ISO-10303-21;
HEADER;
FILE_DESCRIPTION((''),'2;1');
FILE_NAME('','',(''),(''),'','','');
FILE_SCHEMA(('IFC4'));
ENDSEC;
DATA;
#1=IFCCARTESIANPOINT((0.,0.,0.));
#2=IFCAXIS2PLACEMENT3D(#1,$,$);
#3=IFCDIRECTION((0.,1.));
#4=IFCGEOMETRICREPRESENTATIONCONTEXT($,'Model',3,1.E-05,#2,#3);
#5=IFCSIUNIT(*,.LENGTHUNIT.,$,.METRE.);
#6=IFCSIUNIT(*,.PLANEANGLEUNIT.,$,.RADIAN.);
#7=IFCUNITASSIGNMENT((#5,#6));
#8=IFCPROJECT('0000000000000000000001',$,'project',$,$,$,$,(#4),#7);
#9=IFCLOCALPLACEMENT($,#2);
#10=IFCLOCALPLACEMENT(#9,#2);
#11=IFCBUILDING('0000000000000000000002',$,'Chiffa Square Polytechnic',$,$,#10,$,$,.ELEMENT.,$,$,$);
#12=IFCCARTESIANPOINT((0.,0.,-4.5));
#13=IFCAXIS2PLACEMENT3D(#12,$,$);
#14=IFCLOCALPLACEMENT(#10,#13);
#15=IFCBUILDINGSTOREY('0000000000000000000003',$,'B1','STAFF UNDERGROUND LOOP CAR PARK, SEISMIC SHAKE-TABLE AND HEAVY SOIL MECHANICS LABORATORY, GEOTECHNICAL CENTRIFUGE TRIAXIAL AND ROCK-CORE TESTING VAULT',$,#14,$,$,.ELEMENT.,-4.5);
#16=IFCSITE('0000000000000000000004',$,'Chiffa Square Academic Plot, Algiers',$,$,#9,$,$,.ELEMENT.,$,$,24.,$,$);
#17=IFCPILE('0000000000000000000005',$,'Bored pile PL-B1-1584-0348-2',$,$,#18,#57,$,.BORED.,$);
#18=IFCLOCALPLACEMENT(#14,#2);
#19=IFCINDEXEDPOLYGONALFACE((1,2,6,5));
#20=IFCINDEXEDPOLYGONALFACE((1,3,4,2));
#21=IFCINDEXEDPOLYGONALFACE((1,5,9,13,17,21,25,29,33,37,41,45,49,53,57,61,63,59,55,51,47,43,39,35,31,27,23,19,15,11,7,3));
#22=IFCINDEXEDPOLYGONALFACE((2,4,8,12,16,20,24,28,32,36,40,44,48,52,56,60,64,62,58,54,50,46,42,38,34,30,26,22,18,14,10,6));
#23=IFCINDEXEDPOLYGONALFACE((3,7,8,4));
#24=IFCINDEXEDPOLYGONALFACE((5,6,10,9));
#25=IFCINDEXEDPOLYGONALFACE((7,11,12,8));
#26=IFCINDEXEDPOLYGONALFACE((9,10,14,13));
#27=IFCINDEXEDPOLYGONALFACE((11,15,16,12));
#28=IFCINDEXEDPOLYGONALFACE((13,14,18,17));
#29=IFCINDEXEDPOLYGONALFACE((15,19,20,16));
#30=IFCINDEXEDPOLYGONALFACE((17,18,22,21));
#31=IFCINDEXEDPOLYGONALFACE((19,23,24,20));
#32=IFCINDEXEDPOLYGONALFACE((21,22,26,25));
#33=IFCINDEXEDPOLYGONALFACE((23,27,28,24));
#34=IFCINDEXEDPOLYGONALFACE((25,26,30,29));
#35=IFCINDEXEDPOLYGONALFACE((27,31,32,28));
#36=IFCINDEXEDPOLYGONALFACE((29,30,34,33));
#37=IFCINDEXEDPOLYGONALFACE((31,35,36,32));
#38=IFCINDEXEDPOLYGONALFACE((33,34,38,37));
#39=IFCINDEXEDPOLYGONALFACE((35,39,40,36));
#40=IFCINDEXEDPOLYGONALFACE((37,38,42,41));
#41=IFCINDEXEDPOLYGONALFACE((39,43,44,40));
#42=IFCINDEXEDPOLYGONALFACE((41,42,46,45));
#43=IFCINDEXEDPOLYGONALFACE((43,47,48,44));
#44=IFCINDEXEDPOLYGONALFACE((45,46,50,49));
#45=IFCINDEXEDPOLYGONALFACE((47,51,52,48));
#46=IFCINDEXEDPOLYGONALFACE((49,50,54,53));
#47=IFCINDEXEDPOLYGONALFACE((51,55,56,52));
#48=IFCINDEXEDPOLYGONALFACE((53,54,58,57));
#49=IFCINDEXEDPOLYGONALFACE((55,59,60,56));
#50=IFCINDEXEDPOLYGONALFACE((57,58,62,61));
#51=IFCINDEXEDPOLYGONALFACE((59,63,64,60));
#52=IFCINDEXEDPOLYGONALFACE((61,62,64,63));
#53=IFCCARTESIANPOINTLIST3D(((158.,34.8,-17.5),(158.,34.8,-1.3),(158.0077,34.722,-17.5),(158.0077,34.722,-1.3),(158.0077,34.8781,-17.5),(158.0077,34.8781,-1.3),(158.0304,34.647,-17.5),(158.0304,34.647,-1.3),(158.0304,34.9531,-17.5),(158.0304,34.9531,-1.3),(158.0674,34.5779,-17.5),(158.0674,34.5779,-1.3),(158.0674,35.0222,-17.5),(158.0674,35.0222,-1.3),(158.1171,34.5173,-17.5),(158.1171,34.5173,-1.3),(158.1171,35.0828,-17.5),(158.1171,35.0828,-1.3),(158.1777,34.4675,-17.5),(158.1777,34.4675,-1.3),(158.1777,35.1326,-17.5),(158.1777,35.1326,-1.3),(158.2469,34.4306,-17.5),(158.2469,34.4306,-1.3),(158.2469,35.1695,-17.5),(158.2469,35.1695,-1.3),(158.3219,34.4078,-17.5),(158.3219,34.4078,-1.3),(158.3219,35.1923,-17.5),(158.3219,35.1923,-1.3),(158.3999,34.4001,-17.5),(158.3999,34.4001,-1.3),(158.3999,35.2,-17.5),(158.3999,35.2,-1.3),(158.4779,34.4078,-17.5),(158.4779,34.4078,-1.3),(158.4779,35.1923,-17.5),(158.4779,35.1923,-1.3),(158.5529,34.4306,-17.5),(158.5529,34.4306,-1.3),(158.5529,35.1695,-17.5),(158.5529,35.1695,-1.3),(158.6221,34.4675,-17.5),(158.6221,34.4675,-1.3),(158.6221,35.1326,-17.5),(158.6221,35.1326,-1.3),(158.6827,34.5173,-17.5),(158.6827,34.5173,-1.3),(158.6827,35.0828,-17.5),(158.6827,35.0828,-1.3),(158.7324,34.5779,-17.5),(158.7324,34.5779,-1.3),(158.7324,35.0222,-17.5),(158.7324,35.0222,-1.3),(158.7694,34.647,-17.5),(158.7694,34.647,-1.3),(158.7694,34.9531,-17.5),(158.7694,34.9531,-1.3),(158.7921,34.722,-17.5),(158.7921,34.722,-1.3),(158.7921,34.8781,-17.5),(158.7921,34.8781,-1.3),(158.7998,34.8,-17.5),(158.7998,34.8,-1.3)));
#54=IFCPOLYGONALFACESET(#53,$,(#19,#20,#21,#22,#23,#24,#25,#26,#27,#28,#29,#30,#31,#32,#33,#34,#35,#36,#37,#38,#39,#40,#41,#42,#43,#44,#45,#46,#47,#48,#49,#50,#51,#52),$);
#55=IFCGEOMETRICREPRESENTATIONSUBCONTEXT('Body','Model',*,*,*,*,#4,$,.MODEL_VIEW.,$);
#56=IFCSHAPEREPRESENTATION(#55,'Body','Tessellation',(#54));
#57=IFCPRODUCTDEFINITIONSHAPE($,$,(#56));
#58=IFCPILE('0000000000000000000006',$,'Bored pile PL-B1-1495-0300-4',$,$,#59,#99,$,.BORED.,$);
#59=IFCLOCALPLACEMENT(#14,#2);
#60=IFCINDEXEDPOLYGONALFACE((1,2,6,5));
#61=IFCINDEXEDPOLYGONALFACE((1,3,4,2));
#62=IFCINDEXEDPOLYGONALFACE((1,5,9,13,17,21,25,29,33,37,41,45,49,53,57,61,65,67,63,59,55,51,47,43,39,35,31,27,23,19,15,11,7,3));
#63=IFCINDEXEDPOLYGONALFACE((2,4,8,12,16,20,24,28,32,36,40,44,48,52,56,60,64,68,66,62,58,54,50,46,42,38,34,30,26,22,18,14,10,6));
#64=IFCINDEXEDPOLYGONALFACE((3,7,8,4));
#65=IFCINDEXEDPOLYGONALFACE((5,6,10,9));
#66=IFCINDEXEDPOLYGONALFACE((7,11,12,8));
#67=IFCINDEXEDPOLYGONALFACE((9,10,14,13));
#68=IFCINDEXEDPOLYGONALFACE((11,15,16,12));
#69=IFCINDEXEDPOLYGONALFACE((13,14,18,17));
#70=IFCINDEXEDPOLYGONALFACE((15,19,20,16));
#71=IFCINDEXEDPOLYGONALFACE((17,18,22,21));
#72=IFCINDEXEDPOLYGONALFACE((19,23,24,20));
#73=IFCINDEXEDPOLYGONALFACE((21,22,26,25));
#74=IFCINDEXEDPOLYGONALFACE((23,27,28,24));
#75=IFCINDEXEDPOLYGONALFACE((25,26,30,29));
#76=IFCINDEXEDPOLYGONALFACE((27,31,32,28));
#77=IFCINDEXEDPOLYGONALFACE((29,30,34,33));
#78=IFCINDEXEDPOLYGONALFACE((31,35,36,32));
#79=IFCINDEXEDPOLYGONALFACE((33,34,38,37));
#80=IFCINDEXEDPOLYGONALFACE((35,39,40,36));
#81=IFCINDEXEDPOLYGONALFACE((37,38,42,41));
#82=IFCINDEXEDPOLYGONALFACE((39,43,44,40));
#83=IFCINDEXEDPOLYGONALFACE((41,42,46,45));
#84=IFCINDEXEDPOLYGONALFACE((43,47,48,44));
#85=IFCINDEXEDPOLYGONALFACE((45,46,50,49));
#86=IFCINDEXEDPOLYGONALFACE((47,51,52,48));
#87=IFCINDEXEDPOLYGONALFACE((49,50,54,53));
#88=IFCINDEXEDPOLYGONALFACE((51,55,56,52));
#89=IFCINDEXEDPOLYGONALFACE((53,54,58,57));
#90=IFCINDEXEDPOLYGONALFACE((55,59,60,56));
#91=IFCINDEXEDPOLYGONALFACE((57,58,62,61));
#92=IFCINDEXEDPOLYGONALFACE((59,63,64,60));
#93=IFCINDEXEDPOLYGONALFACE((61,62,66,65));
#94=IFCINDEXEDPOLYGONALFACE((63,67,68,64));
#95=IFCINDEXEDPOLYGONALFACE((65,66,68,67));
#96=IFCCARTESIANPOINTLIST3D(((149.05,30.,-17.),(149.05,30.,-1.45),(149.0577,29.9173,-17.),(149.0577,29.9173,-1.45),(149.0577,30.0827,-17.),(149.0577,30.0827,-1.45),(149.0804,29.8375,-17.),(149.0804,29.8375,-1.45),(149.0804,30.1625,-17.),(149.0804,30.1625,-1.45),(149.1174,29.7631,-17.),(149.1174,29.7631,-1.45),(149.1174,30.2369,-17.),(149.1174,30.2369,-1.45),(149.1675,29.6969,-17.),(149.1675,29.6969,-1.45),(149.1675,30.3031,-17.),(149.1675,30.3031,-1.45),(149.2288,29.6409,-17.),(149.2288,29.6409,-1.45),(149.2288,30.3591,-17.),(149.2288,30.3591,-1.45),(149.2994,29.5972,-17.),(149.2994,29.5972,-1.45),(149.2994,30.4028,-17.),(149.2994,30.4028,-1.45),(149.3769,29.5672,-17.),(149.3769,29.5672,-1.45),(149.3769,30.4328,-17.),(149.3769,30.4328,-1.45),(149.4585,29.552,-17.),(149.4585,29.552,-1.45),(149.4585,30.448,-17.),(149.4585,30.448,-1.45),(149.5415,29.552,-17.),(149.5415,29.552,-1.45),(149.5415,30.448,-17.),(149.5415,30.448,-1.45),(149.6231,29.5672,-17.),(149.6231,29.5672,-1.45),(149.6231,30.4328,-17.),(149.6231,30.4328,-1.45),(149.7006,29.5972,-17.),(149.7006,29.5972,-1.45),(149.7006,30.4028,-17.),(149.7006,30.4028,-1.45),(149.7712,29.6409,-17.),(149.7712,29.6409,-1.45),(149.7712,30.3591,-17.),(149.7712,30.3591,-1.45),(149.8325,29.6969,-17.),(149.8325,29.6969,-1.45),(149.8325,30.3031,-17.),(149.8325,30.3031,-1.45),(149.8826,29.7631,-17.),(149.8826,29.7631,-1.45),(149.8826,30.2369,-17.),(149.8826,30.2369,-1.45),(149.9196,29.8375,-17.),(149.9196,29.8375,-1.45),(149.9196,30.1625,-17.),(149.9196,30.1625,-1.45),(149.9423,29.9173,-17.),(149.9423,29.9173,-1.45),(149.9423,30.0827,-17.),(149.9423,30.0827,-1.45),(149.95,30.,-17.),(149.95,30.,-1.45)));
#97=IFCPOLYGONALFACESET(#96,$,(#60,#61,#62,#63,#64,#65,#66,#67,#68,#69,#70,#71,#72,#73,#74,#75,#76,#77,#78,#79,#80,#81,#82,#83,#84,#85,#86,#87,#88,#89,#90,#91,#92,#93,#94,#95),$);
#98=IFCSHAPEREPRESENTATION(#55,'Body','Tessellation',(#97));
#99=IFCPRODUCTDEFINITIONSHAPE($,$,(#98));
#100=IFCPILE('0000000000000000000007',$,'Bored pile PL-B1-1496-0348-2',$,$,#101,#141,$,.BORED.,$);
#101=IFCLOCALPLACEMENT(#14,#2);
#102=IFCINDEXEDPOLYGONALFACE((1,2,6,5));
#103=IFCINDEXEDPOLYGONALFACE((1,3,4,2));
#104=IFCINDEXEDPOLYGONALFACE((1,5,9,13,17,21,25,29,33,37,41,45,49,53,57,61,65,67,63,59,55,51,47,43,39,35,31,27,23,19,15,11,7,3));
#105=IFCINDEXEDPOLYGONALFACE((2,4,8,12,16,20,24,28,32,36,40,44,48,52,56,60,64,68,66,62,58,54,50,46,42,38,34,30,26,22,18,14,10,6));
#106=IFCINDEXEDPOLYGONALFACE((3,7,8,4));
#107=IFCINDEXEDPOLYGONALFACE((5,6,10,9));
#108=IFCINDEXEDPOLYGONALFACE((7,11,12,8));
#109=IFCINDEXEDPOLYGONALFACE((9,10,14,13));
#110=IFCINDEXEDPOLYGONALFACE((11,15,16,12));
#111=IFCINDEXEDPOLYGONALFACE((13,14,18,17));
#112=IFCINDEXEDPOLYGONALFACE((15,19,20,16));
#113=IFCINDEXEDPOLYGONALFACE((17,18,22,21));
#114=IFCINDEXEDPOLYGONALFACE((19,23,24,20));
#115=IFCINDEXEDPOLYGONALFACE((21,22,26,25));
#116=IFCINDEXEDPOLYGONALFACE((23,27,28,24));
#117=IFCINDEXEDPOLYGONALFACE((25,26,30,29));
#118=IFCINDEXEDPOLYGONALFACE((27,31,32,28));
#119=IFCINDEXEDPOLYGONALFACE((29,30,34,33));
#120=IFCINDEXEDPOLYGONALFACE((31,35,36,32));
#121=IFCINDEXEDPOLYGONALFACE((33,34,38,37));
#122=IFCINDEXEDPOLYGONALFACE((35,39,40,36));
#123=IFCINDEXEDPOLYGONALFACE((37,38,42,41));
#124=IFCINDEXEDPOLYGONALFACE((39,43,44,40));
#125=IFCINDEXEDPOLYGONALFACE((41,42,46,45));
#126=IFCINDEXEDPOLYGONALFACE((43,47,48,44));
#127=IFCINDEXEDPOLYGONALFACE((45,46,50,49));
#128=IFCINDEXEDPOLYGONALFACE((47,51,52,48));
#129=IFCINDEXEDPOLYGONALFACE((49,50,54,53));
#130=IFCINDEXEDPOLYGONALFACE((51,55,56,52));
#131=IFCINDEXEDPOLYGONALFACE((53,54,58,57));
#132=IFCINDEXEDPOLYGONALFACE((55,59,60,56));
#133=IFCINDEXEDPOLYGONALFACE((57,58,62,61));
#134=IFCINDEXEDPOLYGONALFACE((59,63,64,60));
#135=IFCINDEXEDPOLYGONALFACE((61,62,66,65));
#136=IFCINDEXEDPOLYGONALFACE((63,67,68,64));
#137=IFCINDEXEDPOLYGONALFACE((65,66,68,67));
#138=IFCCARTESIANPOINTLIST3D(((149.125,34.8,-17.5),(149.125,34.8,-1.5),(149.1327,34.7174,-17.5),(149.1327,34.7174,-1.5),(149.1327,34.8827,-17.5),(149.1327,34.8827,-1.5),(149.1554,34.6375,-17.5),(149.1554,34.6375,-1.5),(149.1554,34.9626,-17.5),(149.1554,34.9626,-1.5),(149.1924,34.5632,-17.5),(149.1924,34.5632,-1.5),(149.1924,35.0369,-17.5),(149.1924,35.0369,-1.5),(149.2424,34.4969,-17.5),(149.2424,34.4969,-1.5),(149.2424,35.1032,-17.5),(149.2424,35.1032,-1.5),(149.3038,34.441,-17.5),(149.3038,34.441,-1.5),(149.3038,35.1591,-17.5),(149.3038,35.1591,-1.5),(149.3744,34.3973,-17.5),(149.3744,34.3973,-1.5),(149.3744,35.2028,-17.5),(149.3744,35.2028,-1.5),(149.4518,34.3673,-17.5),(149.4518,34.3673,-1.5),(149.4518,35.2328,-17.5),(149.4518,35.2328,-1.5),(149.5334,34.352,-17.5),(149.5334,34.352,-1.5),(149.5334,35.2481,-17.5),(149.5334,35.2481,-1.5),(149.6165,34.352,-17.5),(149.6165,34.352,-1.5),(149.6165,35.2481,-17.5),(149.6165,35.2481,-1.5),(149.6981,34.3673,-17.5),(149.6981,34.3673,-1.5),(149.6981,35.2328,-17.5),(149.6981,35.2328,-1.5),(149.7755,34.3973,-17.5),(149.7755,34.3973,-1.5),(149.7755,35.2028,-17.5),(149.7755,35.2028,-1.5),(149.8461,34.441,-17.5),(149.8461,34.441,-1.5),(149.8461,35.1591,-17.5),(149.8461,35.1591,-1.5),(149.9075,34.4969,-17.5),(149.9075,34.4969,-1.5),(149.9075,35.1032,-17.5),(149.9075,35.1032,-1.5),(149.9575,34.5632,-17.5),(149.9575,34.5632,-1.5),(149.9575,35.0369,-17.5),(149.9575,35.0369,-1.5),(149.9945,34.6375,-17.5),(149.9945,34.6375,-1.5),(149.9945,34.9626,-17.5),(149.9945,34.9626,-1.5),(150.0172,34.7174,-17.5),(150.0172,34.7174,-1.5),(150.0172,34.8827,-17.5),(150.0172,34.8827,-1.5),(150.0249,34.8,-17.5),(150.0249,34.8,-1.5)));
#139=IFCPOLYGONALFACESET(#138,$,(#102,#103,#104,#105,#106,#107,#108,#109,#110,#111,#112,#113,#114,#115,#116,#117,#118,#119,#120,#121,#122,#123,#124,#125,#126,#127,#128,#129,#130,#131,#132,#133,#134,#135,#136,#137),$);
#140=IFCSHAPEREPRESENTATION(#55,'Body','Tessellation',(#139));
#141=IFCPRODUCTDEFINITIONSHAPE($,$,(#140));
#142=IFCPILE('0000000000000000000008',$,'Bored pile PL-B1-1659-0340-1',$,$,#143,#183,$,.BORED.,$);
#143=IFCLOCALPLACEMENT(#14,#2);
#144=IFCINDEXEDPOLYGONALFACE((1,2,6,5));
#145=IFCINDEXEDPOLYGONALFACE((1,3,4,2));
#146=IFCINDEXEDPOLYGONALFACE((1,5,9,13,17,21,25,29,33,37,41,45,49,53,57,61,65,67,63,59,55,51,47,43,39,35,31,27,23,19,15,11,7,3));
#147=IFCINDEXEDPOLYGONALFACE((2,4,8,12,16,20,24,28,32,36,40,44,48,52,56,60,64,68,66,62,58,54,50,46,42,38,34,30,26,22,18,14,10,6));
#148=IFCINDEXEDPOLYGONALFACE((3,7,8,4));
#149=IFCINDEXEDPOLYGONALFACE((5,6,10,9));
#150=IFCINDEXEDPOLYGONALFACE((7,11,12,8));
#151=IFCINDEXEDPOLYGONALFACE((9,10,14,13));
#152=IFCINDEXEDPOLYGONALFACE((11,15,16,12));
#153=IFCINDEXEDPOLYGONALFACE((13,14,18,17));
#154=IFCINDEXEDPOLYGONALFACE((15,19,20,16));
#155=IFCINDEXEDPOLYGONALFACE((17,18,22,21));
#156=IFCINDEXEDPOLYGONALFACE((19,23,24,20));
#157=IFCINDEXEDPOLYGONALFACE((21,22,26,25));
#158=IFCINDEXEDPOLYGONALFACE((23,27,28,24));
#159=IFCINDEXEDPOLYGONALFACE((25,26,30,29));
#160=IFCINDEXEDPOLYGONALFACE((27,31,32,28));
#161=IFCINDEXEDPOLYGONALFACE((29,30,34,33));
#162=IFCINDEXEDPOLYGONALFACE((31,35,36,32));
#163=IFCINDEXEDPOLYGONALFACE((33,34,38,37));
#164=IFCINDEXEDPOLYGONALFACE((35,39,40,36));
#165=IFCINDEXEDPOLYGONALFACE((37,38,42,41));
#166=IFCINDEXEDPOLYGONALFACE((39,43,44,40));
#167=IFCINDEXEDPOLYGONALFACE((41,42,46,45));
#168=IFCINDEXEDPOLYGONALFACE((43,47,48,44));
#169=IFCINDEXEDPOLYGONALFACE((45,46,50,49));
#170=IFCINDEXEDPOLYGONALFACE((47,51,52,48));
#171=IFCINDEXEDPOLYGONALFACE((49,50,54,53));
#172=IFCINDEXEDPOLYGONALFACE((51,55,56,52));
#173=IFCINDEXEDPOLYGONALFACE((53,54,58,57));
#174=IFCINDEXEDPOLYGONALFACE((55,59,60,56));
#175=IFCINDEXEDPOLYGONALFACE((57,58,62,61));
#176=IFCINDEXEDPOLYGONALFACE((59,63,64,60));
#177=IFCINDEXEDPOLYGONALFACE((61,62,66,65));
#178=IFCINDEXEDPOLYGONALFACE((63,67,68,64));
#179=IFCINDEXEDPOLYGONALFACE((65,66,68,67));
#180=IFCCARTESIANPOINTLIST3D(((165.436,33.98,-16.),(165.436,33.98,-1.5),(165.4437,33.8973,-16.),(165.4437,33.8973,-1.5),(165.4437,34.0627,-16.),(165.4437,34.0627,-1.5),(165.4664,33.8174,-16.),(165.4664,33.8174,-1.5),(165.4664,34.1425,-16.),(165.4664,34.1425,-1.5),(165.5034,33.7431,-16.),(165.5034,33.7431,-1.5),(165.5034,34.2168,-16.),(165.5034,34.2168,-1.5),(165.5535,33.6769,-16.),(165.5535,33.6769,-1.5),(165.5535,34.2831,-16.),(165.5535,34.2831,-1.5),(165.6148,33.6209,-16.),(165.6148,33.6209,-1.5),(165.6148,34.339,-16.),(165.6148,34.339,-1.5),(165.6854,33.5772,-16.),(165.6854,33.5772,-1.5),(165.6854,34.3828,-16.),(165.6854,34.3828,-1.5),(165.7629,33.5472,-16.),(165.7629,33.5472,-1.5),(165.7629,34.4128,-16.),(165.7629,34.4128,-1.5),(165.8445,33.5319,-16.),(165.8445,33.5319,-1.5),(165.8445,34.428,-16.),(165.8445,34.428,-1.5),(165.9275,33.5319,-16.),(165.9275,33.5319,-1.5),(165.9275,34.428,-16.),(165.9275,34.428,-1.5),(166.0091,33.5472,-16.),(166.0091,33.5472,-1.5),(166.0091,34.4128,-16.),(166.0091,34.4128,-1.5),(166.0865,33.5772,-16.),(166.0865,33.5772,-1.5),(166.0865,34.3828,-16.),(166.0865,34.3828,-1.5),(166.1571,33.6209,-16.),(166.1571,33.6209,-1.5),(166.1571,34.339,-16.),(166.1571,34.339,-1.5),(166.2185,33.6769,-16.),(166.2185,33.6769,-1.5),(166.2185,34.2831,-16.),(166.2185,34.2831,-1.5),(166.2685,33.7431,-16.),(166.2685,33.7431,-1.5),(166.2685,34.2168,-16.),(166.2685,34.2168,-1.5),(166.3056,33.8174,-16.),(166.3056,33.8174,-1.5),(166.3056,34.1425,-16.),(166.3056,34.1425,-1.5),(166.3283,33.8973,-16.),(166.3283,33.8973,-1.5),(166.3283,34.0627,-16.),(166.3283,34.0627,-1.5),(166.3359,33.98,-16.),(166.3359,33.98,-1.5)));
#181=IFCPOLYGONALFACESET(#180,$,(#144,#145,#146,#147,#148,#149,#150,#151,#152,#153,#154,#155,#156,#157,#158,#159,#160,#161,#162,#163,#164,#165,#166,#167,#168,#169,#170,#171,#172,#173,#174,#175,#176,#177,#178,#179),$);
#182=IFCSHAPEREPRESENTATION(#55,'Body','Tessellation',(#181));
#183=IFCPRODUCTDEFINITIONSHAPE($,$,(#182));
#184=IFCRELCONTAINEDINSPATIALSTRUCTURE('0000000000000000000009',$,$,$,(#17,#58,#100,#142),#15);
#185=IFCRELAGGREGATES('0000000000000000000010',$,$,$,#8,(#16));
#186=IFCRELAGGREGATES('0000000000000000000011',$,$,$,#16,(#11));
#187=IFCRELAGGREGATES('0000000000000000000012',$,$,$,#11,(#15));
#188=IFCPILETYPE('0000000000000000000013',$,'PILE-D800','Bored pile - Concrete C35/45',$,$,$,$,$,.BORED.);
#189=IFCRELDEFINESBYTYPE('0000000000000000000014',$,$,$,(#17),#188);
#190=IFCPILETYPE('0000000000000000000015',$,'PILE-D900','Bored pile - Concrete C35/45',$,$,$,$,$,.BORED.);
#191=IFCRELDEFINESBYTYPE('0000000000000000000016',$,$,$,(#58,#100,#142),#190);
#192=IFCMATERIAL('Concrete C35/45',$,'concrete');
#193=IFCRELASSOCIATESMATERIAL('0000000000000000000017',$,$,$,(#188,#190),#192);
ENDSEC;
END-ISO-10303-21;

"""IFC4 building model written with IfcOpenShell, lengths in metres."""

from ifc_helpers import new_model, si_unit, direction, frame, origin, origin_2d, place, context, subcontext, project, spatial, circle, extrude, material, material_profile, profile_set, type_object, element, save


model = new_model("IFC4")

# Units and contexts
model_context = context("Model", 3, precision=1e-05, world=origin(), true_north=direction((0.0, 1.0)))
body_context = subcontext(model_context, "Body", "Model", "MODEL_VIEW")
ifc_project = project(units=[si_unit("LENGTHUNIT", "METRE"), si_unit("PLANEANGLEUNIT", "RADIAN")], contexts=[model_context])

# Site, building, storey
site_placement = place(None, origin())
site = spatial("IfcSite", under=ifc_project, at=site_placement, Name="Chiffa Square Academic Plot, Algiers", CompositionType="ELEMENT", RefElevation=24.0)
building_placement = place(site_placement, origin())
building = spatial("IfcBuilding", under=site, at=building_placement, Name="Chiffa Square Polytechnic", CompositionType="ELEMENT")
storey_placement = place(building_placement, frame((0.0, 0.0, -4.5)))
storey = spatial("IfcBuildingStorey", under=building, at=storey_placement, Name="B1", Description="STAFF UNDERGROUND LOOP CAR PARK, SEISMIC SHAKE-TABLE AND HEAVY SOIL MECHANICS LABORATORY, GEOTECHNICAL CENTRIFUGE TRIAXIAL AND ROCK-CORE TESTING VAULT", CompositionType="ELEMENT", Elevation=-4.5)

# Shared definitions
ifc_material_1 = material(Name="Concrete C35/45", Category="concrete")

# Piles
ifc_material_profile_1 = material_profile(ifc_material_1, circle(Radius=0.3999, at=origin_2d()), Name="PILE D800")
ifc_profile_set_1 = profile_set([ifc_material_profile_1], Name="Concrete C35/45")
pile_type_1 = type_object("IfcPileType", Name="PILE-D800", Description="Bored pile - Concrete C35/45", PredefinedType="BORED", material=ifc_profile_set_1)
for number, where, z_axis, x_axis, name in (
    (1, (158.3999, 34.8, -1.3), (0.0, 0.0, -1.0), (1.0, 0.0, 0.0), "Bored pile PL-B1-1584-0348-2"),
):
    element("IfcPile", number, at=place(storey_placement, frame(where, z_axis=z_axis, x_axis=x_axis)), inside=storey, type_object=pile_type_1, Name=name, PredefinedType="BORED", context=body_context, shape_type="SweptSolid", body=[
        extrude(circle(Radius=0.3999, at=origin_2d()), origin(), (0.0, 0.0, 1.0), 16.2),
    ])
ifc_material_profile_2 = material_profile(ifc_material_1, circle(Radius=0.45, at=origin_2d()), Name="PILE D900")
ifc_profile_set_2 = profile_set([ifc_material_profile_2], Name="Concrete C35/45")
pile_type_2 = type_object("IfcPileType", Name="PILE-D900", Description="Bored pile - Concrete C35/45", PredefinedType="BORED", material=ifc_profile_set_2)
pile_1_placement = place(storey_placement, frame((149.5, 30.0, -1.45), z_axis=(0.0, 0.0, -1.0), x_axis=(1.0, 0.0, 0.0)))
element("IfcPile", 2, at=pile_1_placement, inside=storey, type_object=pile_type_2, Name="Bored pile PL-B1-1495-0300-4", PredefinedType="BORED", context=body_context, shape_type="SweptSolid", body=[
    extrude(circle(Radius=0.45, at=origin_2d()), origin(), (0.0, 0.0, 1.0), 15.55),
])
pile_2_placement = place(storey_placement, frame((149.575, 34.8, -1.5), z_axis=(0.0, 0.0, -1.0), x_axis=(1.0, 0.0, 0.0)))
element("IfcPile", 3, at=pile_2_placement, inside=storey, type_object=pile_type_2, Name="Bored pile PL-B1-1496-0348-2", PredefinedType="BORED", context=body_context, shape_type="SweptSolid", body=[
    extrude(circle(Radius=0.45, at=origin_2d()), origin(), (0.0, 0.0, 1.0), 16.0),
])
for number, where, z_axis, x_axis, name in (
    (4, (165.886, 33.98, -1.5), (0.0, 0.0, -1.0), (1.0, 0.0, 0.0), "Bored pile PL-B1-1659-0340-1"),
):
    element("IfcPile", number, at=place(storey_placement, frame(where, z_axis=z_axis, x_axis=x_axis)), inside=storey, type_object=pile_type_2, Name=name, PredefinedType="BORED", context=body_context, shape_type="SweptSolid", body=[
        extrude(circle(Radius=0.45, at=origin_2d()), origin(), (0.0, 0.0, 1.0), 14.5),
    ])

save(model, "model.ifc")
